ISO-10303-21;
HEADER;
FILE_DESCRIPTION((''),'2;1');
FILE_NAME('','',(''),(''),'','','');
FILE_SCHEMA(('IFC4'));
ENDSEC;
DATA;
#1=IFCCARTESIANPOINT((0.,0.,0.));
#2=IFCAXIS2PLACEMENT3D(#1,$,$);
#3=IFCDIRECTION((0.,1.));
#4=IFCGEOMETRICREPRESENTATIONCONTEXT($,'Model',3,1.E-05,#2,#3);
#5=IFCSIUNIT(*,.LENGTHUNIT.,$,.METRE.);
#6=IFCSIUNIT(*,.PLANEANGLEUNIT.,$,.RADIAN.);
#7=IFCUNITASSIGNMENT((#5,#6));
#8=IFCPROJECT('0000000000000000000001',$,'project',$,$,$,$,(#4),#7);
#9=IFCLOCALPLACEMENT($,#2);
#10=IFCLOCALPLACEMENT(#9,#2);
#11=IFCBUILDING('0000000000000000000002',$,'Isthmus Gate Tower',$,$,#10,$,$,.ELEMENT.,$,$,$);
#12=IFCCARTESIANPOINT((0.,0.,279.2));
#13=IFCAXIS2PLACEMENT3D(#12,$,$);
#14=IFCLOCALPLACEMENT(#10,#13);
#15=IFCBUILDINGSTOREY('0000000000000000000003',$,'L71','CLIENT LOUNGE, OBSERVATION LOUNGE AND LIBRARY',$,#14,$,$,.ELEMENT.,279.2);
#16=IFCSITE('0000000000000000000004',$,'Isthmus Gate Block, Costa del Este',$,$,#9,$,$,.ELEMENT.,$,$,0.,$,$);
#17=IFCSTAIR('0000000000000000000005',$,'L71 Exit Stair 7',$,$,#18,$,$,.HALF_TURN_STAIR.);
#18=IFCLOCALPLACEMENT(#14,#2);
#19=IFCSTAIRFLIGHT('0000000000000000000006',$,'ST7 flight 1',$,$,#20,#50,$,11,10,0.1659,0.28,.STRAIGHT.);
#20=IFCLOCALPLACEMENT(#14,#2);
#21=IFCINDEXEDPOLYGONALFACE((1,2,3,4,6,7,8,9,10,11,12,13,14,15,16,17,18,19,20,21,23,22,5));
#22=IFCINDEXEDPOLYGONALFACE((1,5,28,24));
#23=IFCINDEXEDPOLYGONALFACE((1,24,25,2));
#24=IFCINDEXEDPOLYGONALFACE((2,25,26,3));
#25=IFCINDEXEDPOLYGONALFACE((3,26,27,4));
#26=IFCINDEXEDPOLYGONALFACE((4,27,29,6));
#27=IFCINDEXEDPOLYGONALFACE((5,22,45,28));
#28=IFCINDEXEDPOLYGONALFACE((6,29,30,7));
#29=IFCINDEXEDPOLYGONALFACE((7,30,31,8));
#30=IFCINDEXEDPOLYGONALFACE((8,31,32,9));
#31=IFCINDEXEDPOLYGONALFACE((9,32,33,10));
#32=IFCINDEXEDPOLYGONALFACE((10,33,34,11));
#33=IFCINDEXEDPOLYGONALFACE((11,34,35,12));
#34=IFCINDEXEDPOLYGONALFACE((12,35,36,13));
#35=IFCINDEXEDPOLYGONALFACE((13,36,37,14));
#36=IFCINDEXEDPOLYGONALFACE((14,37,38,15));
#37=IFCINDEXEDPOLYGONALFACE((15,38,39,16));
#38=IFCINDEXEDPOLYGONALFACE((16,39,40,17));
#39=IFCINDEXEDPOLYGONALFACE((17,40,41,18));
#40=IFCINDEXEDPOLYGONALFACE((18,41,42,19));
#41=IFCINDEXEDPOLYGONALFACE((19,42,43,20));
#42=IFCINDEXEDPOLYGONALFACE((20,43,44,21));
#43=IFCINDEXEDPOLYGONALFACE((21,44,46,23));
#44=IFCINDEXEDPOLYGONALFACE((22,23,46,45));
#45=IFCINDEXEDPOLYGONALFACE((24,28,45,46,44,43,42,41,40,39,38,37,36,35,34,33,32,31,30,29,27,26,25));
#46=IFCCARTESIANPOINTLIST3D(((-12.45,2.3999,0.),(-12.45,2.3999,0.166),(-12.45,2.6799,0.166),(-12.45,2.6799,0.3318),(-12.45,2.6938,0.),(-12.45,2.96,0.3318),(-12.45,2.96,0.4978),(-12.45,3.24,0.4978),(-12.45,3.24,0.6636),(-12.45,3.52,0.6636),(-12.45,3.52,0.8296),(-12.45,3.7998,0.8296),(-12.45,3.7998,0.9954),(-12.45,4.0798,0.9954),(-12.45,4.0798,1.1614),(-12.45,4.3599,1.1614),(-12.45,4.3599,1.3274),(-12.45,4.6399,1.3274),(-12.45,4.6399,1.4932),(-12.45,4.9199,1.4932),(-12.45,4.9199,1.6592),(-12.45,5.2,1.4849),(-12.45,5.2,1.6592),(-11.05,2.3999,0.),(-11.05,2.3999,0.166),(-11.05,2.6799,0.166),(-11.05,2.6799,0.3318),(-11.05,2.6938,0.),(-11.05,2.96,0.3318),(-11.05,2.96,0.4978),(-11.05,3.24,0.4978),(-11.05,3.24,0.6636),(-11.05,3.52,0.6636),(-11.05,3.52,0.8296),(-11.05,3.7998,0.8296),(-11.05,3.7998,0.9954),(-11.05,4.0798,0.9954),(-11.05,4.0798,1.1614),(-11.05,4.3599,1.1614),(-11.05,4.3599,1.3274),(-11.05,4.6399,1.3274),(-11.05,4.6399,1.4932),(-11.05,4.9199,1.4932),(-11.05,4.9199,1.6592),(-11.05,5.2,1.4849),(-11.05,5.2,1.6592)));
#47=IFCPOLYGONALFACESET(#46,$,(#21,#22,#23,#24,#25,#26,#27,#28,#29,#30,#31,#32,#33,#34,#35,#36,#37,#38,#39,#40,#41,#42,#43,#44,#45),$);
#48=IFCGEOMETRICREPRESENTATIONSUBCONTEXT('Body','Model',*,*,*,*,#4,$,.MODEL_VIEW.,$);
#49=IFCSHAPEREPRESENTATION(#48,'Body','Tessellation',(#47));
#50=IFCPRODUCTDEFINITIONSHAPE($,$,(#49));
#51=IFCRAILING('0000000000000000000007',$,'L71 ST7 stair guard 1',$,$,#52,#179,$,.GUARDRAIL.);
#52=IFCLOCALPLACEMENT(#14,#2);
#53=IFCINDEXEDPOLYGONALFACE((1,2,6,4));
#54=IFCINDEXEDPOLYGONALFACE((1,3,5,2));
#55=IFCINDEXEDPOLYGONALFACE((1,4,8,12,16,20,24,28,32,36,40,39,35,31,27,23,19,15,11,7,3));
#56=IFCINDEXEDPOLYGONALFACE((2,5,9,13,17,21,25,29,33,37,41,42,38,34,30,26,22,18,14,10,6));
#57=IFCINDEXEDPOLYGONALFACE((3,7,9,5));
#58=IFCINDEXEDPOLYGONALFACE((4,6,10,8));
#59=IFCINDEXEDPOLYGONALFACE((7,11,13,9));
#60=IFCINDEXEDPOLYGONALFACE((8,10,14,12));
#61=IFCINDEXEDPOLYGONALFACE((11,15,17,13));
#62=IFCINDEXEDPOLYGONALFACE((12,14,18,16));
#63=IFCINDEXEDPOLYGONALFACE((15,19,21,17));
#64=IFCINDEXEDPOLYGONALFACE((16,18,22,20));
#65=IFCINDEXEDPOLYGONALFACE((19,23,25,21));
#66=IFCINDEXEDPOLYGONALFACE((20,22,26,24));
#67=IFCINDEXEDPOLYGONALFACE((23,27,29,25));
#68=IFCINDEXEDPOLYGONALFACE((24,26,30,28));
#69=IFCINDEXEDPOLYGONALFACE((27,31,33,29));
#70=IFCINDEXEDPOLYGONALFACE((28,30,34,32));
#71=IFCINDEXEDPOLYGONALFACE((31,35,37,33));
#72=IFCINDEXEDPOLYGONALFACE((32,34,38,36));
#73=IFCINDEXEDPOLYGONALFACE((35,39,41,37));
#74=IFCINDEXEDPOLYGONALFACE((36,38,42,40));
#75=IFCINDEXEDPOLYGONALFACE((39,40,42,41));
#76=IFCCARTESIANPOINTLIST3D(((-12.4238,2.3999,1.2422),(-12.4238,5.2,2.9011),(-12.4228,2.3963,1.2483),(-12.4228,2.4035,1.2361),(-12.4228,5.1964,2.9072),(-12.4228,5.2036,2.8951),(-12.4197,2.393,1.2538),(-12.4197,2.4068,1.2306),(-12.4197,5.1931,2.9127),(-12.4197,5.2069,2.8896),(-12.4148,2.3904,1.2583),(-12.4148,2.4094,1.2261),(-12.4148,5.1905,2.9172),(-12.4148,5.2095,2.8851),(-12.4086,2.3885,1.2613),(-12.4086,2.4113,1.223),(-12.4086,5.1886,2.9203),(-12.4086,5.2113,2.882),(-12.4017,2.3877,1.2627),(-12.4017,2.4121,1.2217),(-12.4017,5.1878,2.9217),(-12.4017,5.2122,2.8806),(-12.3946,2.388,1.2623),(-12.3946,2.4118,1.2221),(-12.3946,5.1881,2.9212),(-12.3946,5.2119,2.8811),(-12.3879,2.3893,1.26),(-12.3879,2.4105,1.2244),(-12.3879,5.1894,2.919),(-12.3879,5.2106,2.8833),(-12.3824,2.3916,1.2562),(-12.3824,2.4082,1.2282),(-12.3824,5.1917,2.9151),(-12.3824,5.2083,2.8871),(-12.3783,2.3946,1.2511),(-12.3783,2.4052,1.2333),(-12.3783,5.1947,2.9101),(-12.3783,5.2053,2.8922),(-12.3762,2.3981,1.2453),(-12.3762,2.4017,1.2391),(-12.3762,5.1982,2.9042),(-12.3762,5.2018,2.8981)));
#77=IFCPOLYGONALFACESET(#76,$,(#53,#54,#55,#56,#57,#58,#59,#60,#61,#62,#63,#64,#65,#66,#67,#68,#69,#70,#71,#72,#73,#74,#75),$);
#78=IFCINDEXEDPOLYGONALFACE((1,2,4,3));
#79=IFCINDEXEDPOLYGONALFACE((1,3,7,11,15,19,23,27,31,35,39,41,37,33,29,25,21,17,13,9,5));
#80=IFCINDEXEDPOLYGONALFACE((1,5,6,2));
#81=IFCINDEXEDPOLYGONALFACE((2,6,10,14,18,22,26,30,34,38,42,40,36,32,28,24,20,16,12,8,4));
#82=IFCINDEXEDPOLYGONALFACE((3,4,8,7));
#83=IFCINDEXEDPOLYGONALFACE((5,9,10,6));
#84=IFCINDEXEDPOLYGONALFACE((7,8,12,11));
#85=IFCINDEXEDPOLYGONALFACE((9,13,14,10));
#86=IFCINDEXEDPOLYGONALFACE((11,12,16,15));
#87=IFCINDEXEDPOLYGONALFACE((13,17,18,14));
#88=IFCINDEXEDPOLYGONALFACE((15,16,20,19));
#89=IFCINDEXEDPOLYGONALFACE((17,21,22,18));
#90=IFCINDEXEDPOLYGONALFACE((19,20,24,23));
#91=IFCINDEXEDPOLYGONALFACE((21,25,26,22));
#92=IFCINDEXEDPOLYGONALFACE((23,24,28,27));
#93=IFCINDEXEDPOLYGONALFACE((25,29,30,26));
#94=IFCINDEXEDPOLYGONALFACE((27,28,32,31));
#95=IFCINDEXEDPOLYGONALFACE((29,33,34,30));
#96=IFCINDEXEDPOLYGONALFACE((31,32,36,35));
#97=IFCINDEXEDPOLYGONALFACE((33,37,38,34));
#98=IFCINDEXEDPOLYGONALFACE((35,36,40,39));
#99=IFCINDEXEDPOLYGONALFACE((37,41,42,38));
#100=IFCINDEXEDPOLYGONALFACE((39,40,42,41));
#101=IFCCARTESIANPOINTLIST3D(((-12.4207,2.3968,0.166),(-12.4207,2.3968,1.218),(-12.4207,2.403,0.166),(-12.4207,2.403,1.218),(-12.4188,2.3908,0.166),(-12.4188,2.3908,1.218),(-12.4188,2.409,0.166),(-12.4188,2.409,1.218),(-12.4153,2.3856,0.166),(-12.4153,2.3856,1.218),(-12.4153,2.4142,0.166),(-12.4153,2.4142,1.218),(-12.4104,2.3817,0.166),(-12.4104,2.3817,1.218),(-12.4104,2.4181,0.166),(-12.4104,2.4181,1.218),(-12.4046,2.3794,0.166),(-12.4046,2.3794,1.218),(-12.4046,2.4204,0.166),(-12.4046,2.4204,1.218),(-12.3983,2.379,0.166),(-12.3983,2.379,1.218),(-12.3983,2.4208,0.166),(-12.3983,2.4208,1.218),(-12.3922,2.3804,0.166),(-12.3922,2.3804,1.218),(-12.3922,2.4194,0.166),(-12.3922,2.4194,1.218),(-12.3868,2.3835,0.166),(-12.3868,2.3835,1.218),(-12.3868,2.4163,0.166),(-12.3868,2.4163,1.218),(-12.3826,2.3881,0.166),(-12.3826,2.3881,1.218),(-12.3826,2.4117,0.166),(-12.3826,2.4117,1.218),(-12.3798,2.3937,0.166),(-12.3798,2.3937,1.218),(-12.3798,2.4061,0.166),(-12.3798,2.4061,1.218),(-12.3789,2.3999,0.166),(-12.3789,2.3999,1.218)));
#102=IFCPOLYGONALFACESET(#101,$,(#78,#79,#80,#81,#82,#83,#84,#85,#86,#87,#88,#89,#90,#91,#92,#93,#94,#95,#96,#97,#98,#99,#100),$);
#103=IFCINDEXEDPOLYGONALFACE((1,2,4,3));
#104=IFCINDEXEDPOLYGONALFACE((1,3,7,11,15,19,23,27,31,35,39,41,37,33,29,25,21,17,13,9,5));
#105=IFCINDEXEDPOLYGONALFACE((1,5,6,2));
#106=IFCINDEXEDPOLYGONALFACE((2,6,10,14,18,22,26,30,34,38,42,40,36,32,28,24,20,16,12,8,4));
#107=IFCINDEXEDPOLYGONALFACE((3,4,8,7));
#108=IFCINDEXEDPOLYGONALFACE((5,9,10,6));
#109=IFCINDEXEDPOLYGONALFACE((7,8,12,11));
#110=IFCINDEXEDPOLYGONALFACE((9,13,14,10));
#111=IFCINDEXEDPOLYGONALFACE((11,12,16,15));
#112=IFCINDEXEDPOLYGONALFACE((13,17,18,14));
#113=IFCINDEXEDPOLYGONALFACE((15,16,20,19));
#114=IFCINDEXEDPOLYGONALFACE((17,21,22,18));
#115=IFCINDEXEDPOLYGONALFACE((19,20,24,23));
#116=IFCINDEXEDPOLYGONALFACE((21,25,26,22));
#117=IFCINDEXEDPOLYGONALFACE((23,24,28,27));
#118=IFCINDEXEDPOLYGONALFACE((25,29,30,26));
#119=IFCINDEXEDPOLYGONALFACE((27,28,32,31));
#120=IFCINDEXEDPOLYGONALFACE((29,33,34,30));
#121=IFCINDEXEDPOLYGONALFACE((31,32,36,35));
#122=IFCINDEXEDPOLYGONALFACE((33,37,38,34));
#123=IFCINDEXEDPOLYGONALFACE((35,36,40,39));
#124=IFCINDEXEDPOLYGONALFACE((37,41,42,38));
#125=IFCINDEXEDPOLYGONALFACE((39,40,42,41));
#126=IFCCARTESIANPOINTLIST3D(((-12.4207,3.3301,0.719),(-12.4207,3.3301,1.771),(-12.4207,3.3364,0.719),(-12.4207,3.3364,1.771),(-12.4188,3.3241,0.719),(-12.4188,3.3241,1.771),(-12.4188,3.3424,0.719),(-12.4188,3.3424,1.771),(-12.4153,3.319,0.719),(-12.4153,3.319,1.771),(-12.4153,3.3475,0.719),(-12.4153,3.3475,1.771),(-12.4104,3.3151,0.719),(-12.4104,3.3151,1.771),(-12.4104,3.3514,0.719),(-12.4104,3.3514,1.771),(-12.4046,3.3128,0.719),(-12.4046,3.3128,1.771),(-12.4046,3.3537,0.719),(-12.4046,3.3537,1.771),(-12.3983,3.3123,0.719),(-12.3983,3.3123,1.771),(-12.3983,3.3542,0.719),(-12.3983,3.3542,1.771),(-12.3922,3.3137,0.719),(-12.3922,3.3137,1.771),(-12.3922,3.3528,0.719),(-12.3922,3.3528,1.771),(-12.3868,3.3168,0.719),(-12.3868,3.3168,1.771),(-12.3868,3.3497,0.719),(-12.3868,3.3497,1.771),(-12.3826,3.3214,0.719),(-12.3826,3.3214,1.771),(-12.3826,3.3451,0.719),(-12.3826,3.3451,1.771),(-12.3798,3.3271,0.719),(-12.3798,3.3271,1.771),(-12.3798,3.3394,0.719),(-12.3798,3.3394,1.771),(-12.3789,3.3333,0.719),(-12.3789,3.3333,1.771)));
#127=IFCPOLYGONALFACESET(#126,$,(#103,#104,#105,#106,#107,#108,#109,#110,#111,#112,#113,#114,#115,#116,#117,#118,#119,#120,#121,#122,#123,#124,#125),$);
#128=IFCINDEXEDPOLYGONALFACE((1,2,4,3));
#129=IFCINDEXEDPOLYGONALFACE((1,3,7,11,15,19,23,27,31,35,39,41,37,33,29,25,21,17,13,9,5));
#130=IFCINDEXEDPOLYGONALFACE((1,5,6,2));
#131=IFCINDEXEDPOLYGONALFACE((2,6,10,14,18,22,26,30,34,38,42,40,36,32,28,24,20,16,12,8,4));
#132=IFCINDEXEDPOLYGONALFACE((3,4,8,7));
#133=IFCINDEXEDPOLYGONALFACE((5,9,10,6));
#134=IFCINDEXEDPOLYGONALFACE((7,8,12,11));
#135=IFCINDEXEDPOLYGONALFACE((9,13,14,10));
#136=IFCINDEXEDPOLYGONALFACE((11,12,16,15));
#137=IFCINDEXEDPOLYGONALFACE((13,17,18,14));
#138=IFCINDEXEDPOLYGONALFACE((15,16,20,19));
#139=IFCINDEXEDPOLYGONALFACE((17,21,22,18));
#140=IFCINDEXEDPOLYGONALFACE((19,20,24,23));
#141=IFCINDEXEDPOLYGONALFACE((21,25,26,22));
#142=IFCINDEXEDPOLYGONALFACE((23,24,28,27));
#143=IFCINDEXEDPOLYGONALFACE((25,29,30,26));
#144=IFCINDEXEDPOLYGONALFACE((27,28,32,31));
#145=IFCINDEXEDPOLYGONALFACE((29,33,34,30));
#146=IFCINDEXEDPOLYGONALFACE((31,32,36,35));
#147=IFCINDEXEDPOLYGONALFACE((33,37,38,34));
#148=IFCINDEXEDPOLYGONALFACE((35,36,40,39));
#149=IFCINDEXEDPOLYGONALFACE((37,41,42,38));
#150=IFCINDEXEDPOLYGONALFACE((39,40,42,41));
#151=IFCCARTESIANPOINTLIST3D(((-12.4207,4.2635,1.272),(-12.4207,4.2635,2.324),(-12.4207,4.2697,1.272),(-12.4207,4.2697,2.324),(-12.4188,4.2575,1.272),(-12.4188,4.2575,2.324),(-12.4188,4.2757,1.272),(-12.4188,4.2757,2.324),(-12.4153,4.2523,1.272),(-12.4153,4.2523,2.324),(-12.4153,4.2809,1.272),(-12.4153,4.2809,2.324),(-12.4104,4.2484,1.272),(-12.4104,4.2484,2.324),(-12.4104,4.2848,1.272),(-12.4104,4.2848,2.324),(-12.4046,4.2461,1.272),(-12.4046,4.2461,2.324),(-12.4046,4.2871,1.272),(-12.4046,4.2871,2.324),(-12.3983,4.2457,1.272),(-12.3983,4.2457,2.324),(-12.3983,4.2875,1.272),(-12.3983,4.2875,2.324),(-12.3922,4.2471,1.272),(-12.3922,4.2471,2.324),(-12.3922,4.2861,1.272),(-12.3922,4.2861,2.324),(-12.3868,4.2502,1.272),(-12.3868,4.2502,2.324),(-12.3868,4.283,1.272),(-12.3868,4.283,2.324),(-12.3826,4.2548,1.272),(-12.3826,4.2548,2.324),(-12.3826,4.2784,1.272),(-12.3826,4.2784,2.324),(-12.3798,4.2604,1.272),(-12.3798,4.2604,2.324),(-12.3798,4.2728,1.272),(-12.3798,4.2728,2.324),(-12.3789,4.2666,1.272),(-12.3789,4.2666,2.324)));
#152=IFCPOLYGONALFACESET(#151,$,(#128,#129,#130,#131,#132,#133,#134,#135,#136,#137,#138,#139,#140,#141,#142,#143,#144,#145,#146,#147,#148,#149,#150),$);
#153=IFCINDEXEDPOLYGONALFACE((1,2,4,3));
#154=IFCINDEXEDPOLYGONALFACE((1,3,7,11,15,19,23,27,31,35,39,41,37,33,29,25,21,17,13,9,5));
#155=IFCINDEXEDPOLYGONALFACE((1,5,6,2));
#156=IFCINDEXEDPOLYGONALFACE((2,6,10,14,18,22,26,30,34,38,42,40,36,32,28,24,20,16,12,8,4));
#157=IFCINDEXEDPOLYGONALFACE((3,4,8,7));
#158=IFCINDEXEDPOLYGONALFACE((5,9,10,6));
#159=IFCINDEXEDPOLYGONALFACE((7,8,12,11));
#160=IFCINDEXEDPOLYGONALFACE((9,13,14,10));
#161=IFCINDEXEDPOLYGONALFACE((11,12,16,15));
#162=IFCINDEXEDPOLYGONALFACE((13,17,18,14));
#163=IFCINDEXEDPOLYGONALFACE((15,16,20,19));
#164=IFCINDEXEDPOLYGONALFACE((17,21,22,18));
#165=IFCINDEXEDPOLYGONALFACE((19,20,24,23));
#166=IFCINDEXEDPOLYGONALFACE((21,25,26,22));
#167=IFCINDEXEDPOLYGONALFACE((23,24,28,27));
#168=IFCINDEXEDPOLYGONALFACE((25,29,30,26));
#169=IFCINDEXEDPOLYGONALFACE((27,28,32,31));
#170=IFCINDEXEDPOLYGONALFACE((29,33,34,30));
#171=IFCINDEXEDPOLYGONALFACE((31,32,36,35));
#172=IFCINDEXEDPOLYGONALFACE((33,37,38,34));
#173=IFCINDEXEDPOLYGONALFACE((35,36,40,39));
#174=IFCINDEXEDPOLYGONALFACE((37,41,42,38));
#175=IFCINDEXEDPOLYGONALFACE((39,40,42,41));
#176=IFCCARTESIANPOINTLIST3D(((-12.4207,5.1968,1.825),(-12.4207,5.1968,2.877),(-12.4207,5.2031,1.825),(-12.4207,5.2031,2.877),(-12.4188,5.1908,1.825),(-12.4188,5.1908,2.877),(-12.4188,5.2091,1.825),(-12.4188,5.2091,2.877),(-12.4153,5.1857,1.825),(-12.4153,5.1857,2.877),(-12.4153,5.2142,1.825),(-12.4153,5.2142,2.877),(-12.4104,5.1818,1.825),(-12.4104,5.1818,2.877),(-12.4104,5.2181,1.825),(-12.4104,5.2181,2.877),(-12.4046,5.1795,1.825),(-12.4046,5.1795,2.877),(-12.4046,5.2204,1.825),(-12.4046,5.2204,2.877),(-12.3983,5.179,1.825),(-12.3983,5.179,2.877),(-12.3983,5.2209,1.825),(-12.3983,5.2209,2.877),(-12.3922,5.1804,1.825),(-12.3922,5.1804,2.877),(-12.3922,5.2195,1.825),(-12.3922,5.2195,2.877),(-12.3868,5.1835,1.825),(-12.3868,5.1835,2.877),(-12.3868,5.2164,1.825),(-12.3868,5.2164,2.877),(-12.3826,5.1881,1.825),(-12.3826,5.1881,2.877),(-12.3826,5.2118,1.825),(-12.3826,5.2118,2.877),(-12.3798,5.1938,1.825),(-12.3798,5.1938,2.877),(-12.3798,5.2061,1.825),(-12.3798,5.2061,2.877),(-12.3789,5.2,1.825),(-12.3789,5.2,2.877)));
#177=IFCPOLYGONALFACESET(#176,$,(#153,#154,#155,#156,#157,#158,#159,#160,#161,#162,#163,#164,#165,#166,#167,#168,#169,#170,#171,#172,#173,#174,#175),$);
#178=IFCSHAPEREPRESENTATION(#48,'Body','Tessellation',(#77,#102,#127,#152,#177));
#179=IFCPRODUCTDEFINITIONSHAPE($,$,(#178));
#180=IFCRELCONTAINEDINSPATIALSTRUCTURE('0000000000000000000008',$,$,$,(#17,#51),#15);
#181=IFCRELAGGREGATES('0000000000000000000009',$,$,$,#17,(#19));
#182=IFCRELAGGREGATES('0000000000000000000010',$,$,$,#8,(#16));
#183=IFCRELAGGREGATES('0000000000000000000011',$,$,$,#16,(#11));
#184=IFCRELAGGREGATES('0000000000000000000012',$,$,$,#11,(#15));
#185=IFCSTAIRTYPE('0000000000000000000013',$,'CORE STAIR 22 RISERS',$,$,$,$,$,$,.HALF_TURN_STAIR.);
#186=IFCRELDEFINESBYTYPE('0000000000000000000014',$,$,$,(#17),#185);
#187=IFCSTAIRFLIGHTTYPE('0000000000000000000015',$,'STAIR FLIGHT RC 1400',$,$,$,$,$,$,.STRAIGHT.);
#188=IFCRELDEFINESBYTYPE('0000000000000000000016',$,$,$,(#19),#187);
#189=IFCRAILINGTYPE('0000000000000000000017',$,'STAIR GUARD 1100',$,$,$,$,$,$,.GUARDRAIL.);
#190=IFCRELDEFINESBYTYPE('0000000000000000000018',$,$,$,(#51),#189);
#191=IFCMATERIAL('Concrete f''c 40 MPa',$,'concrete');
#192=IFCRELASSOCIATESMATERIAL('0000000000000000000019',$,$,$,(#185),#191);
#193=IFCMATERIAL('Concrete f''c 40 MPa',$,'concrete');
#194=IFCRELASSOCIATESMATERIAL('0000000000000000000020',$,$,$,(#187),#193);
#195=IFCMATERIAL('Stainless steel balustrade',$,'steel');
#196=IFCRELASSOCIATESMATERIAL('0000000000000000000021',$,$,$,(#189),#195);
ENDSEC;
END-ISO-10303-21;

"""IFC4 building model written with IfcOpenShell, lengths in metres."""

from ifc_helpers import new_model, si_unit, direction, frame, origin, origin_2d, place, context, subcontext, project, spatial, polyline, circle, outline, extrude, material, type_object, element, aggregate, save


model = new_model("IFC4")

# Units and contexts
model_context = context("Model", 3, precision=1e-05, world=origin(), true_north=direction((0.0, 1.0)))
body_context = subcontext(model_context, "Body", "Model", "MODEL_VIEW")
ifc_project = project(units=[si_unit("LENGTHUNIT", "METRE"), si_unit("PLANEANGLEUNIT", "RADIAN")], contexts=[model_context])

# Site, building, storey
site_placement = place(None, origin())
site = spatial("IfcSite", under=ifc_project, at=site_placement, Name="Isthmus Gate Block, Costa del Este", CompositionType="ELEMENT", RefElevation=0.0)
building_placement = place(site_placement, origin())
building = spatial("IfcBuilding", under=site, at=building_placement, Name="Isthmus Gate Tower", CompositionType="ELEMENT")
storey_placement = place(building_placement, frame((0.0, 0.0, 279.2)))
storey = spatial("IfcBuildingStorey", under=building, at=storey_placement, Name="L71", Description="CLIENT LOUNGE, OBSERVATION LOUNGE AND LIBRARY", CompositionType="ELEMENT", Elevation=279.2)

# Stair, stair flight
ifc_material_1 = material(Name="Concrete f'c 40 MPa", Category="concrete")
stair_type = type_object("IfcStairType", Name="CORE STAIR 22 RISERS", PredefinedType="HALF_TURN_STAIR", material=ifc_material_1)
stair_placement = place(storey_placement, origin())
stair = element("IfcStair", 1, at=stair_placement, inside=storey, type_object=stair_type, Name="L71 Exit Stair 7", PredefinedType="HALF_TURN_STAIR")
ifc_material_2 = material(Name="Concrete f'c 40 MPa", Category="concrete")
stair_flight_type = type_object("IfcStairFlightType", Name="STAIR FLIGHT RC 1400", PredefinedType="STRAIGHT", material=ifc_material_2)
stair_flight_placement = place(storey_placement, frame((-11.75, 2.3999, 0.0), z_axis=(0.0, 0.0, 1.0), x_axis=(0.0, 1.0, 0.0)))
stair_flight = element("IfcStairFlight", 2, at=stair_flight_placement, type_object=stair_flight_type, Name="ST7 flight 1", NumberOfRisers=11, NumberOfTreads=10, PredefinedType="STRAIGHT", RiserHeight=0.1659, TreadLength=0.28, context=body_context, shape_type="SweptSolid", body=[
    extrude(outline(polyline([(0.0, 0.0), (0.0, 0.166), (0.28, 0.166), (0.28, 0.3318), (0.5601, 0.3318), (0.5601, 0.4978), (0.8401, 0.4978), (0.8401, 0.6636), (1.1201, 0.6636), (1.1201, 0.8296), (1.3999, 0.8296), (1.3999, 0.9954), (1.6799, 0.9954), (1.6799, 1.1614), (1.96, 1.1614), (1.96, 1.3274), (2.24, 1.3274), (2.24, 1.4932), (2.52, 1.4932), (2.52, 1.6592), (2.8, 1.6592), (2.8, 1.825), (2.8, 1.4849), (0.2939, 0.0), (0.0, 0.0)])), frame((0.0, 0.7, 0.0), z_axis=(0.0, -1.0, 0.0), x_axis=(1.0, 0.0, 0.0)), (0.0, 0.0, 1.0), 1.3999),
])
aggregate(stair, [stair_flight])

# Railing
ifc_material_3 = material(Name="Stainless steel balustrade", Category="steel")
railing_type_1 = type_object("IfcRailingType", Name="STAIR GUARD 1100", PredefinedType="GUARDRAIL", material=ifc_material_3)
railing_1_placement = place(storey_placement, frame((-12.3999, 2.3999, 0.166)))
element("IfcRailing", 3, at=railing_1_placement, inside=storey, type_object=railing_type_1, Name="L71 ST7 stair guard 1", PredefinedType="GUARDRAIL", context=body_context, shape_type="SweptSolid", body=[
    extrude(circle(Radius=0.0239, at=origin_2d()), frame((0.0, 0.0, 1.0762), z_axis=(0.0, 0.860339, 0.509722), x_axis=(-1.0, 0.0, 0.0)), (0.0, 0.0, 1.0), 3.2546),
    extrude(circle(Radius=0.021, at=origin_2d()), origin(), (0.0, 0.0, 1.0), 1.052),
    extrude(circle(Radius=0.021, at=origin_2d()), frame((0.0, 0.9333, 0.553)), (0.0, 0.0, 1.0), 1.052),
    extrude(circle(Radius=0.021, at=origin_2d()), frame((0.0, 1.8667, 1.106)), (0.0, 0.0, 1.0), 1.052),
    extrude(circle(Radius=0.021, at=origin_2d()), frame((0.0, 2.8, 1.6589)), (0.0, 0.0, 1.0), 1.052),
])

save(model, "model.ifc")
